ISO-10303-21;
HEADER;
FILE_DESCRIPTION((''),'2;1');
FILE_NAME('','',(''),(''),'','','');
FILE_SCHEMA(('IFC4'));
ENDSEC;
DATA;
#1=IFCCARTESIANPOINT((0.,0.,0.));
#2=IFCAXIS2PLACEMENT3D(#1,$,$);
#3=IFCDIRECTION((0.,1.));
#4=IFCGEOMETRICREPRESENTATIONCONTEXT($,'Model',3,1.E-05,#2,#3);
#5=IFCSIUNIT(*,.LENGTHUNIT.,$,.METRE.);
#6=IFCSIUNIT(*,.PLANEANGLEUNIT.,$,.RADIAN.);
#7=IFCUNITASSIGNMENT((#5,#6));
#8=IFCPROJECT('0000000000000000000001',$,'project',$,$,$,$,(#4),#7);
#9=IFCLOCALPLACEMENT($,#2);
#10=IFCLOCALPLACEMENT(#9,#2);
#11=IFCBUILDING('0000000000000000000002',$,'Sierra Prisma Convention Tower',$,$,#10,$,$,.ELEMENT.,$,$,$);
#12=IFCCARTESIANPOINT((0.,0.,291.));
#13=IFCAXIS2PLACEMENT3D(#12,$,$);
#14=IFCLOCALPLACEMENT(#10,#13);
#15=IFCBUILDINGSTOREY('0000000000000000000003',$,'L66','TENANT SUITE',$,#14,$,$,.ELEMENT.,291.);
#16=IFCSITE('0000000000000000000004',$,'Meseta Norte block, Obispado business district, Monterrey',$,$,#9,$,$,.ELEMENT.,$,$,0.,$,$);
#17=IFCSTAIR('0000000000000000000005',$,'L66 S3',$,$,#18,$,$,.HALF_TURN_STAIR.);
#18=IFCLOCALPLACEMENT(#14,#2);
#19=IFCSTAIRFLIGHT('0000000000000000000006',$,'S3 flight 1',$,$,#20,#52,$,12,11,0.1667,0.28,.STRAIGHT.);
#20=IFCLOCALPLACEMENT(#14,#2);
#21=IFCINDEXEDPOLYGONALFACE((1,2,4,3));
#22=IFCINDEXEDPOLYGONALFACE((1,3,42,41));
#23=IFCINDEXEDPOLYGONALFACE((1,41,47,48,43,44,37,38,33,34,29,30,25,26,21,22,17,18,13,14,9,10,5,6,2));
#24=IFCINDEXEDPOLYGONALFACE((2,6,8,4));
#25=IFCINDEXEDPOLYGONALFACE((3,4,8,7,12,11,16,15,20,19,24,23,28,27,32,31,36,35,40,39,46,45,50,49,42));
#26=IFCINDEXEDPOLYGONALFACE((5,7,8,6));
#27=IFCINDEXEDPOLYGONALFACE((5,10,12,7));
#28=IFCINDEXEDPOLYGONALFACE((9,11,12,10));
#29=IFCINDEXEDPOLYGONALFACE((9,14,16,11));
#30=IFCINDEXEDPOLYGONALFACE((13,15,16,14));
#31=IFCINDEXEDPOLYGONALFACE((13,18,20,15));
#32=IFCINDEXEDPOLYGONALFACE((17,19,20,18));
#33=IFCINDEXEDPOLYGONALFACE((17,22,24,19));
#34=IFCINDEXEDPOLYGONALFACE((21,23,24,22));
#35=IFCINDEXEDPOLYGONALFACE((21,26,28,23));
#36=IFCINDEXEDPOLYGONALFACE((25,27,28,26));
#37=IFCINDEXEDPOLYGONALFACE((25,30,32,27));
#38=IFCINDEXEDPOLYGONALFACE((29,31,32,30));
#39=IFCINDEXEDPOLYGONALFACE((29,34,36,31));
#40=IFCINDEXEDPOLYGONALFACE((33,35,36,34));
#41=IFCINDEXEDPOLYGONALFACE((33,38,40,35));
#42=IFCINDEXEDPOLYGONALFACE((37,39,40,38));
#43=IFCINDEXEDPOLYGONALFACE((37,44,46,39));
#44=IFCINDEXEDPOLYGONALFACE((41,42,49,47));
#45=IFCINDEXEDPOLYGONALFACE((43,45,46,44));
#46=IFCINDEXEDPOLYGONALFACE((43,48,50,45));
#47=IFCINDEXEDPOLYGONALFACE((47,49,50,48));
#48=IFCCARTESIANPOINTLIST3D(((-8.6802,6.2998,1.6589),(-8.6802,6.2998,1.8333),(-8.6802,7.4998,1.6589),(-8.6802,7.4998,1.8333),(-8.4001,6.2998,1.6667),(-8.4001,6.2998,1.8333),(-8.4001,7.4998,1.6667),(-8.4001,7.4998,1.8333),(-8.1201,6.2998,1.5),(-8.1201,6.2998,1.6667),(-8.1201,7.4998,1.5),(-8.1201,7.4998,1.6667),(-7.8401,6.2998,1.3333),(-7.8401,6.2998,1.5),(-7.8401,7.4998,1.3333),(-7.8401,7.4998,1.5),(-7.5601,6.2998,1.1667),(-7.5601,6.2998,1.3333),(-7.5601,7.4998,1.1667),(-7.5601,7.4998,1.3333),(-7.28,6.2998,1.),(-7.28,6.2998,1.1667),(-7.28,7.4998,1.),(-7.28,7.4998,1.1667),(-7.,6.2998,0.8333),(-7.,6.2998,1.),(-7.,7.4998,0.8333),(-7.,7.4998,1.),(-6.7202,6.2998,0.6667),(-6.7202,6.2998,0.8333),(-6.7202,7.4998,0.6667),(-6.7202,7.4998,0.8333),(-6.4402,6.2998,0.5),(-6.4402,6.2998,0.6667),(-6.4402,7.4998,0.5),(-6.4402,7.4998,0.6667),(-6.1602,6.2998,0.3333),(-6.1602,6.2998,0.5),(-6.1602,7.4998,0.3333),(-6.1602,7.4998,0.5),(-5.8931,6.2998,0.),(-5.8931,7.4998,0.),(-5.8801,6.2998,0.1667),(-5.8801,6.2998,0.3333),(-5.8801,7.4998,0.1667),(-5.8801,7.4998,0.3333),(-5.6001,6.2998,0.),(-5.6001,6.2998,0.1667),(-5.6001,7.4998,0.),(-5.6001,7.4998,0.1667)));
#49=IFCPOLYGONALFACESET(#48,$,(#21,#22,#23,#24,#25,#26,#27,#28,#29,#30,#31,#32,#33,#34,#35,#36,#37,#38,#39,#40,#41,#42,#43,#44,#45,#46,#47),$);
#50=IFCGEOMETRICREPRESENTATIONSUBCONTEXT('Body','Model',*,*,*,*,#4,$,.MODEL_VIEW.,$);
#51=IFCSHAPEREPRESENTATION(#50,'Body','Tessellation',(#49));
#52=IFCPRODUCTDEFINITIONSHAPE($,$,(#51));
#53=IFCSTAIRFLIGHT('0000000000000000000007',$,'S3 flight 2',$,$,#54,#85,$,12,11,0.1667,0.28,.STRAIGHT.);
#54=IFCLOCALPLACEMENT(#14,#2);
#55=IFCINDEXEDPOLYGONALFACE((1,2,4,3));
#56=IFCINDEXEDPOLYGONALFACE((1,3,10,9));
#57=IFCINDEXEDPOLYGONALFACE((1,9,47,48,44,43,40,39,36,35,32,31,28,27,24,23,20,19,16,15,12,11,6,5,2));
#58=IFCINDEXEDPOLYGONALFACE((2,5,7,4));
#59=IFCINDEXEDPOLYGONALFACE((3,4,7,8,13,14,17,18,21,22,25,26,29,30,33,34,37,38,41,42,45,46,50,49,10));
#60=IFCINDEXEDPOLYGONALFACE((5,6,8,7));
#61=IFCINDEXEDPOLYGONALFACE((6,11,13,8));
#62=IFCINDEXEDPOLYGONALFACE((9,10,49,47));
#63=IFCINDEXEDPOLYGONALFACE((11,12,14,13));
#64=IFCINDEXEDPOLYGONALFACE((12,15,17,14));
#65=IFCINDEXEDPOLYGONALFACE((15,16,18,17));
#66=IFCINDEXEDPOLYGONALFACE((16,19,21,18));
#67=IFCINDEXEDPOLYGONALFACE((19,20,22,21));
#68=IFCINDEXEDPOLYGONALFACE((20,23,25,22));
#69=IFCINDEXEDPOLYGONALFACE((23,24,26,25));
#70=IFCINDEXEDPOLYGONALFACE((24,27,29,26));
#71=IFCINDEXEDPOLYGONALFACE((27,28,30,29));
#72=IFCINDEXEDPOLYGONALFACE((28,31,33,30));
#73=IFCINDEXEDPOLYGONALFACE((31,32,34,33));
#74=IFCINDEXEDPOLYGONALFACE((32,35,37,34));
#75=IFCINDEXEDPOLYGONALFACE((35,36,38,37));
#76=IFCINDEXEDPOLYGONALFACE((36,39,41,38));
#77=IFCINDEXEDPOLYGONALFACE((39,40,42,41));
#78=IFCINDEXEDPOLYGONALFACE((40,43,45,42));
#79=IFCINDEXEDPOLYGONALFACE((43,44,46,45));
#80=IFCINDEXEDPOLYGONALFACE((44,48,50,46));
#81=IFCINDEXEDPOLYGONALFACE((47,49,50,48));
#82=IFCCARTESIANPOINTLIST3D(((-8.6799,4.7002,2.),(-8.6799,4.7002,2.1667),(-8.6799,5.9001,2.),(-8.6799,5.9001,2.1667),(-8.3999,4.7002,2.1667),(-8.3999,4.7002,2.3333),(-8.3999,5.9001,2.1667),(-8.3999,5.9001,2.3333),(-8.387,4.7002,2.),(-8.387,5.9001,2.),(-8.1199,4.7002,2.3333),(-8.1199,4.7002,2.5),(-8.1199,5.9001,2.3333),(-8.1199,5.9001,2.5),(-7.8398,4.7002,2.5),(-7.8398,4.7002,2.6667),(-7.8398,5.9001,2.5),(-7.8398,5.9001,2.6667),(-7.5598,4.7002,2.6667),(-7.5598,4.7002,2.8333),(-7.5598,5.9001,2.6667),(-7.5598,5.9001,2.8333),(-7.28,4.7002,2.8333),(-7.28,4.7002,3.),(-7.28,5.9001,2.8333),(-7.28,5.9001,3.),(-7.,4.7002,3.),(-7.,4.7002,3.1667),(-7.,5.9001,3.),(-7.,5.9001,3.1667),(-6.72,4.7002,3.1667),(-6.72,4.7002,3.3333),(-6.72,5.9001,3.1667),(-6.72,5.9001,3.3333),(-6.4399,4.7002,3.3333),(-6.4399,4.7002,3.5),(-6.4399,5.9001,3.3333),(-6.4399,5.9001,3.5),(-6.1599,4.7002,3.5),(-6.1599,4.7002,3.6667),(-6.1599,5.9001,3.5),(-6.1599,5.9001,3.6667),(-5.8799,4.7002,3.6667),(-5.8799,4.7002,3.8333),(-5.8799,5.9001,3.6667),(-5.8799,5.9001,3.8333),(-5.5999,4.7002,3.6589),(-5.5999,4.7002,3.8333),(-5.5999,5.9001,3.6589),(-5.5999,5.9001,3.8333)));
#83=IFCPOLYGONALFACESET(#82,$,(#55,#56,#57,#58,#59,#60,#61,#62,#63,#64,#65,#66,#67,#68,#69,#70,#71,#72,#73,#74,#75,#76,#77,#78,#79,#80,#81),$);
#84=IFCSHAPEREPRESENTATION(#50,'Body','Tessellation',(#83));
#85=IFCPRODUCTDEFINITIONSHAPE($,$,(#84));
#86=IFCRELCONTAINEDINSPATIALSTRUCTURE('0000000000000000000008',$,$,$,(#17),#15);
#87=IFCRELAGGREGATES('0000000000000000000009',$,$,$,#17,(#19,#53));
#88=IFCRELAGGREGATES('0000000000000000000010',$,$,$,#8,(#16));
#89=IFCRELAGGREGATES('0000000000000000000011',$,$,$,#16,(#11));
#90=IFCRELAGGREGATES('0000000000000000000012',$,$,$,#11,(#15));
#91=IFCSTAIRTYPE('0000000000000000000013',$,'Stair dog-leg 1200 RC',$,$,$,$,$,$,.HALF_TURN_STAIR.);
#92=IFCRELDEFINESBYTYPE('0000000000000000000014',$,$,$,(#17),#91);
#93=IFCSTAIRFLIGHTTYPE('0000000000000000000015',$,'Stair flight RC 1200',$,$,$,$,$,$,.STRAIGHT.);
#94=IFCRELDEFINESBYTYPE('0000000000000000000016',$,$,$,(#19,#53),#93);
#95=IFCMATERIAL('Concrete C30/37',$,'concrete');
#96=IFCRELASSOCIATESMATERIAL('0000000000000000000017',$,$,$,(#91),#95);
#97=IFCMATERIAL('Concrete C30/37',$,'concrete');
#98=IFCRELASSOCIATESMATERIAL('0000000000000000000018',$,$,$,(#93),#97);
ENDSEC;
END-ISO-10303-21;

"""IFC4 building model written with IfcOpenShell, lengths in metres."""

from ifc_helpers import new_model, si_unit, direction, frame, origin, place, context, subcontext, project, spatial, polyline, outline, extrude, material, type_object, element, aggregate, save


model = new_model("IFC4")

# Units and contexts
model_context = context("Model", 3, precision=1e-05, world=origin(), true_north=direction((0.0, 1.0)))
body_context = subcontext(model_context, "Body", "Model", "MODEL_VIEW")
ifc_project = project(units=[si_unit("LENGTHUNIT", "METRE"), si_unit("PLANEANGLEUNIT", "RADIAN")], contexts=[model_context])

# Site, building, storey
site_placement = place(None, origin())
site = spatial("IfcSite", under=ifc_project, at=site_placement, Name="Meseta Norte block, Obispado business district, Monterrey", CompositionType="ELEMENT", RefElevation=0.0)
building_placement = place(site_placement, origin())
building = spatial("IfcBuilding", under=site, at=building_placement, Name="Sierra Prisma Convention Tower", CompositionType="ELEMENT")
storey_placement = place(building_placement, frame((0.0, 0.0, 291.0)))
storey = spatial("IfcBuildingStorey", under=building, at=storey_placement, Name="L66", Description="TENANT SUITE", CompositionType="ELEMENT", Elevation=291.0)

# Stair, stair flights
ifc_material_1 = material(Name="Concrete C30/37", Category="concrete")
stair_type = type_object("IfcStairType", Name="Stair dog-leg 1200 RC", PredefinedType="HALF_TURN_STAIR", material=ifc_material_1)
stair_placement = place(storey_placement, origin())
stair = element("IfcStair", 1, at=stair_placement, inside=storey, type_object=stair_type, Name="L66 S3", PredefinedType="HALF_TURN_STAIR")
ifc_material_2 = material(Name="Concrete C30/37", Category="concrete")
stair_flight_type = type_object("IfcStairFlightType", Name="Stair flight RC 1200", PredefinedType="STRAIGHT", material=ifc_material_2)
stair_flight_1_placement = place(storey_placement, frame((-5.6001, 6.8999, 0.0), z_axis=(0.0, 0.0, 1.0), x_axis=(-1.0, 0.0, 0.0)))
stair_flight_1 = element("IfcStairFlight", 2, at=stair_flight_1_placement, type_object=stair_flight_type, Name="S3 flight 1", NumberOfRisers=12, NumberOfTreads=11, PredefinedType="STRAIGHT", RiserHeight=0.1667, TreadLength=0.28, context=body_context, shape_type="SweptSolid", body=[
    extrude(outline(polyline([(0.0, 0.0), (0.0, 0.1667), (0.28, 0.1667), (0.28, 0.3333), (0.5601, 0.3333), (0.5601, 0.5), (0.8401, 0.5), (0.8401, 0.6667), (1.1201, 0.6667), (1.1201, 0.8333), (1.3999, 0.8333), (1.3999, 1.0), (1.6799, 1.0), (1.6799, 1.1667), (1.96, 1.1667), (1.96, 1.3333), (2.24, 1.3333), (2.24, 1.5), (2.52, 1.5), (2.52, 1.6667), (2.8, 1.6667), (2.8, 1.8333), (3.0801, 1.8333), (3.0801, 2.0), (3.0801, 1.6589), (0.293, 0.0), (0.0, 0.0)])), frame((0.0, 0.6001, 0.0), z_axis=(0.0, -1.0, 0.0), x_axis=(1.0, 0.0, 0.0)), (0.0, 0.0, 1.0), 1.2),
])
stair_flight_2_placement = place(storey_placement, frame((-8.6799, 5.3, 2.0), z_axis=(0.0, 0.0, 1.0), x_axis=(1.0, 0.0, 0.0)))
stair_flight_2 = element("IfcStairFlight", 3, at=stair_flight_2_placement, type_object=stair_flight_type, Name="S3 flight 2", NumberOfRisers=12, NumberOfTreads=11, PredefinedType="STRAIGHT", RiserHeight=0.1667, TreadLength=0.28, context=body_context, shape_type="SweptSolid", body=[
    extrude(outline(polyline([(0.0, 0.0), (0.0, 0.1667), (0.28, 0.1667), (0.28, 0.3333), (0.5601, 0.3333), (0.5601, 0.5), (0.8401, 0.5), (0.8401, 0.6667), (1.1201, 0.6667), (1.1201, 0.8333), (1.3999, 0.8333), (1.3999, 1.0), (1.6799, 1.0), (1.6799, 1.1667), (1.96, 1.1667), (1.96, 1.3333), (2.24, 1.3333), (2.24, 1.5), (2.52, 1.5), (2.52, 1.6667), (2.8, 1.6667), (2.8, 1.8333), (3.0801, 1.8333), (3.0801, 2.0), (3.0801, 1.6589), (0.293, 0.0), (0.0, 0.0)])), frame((0.0, 0.6001, 0.0), z_axis=(0.0, -1.0, 0.0), x_axis=(1.0, 0.0, 0.0)), (0.0, 0.0, 1.0), 1.2),
])
aggregate(stair, [stair_flight_1, stair_flight_2])

save(model, "model.ifc")
